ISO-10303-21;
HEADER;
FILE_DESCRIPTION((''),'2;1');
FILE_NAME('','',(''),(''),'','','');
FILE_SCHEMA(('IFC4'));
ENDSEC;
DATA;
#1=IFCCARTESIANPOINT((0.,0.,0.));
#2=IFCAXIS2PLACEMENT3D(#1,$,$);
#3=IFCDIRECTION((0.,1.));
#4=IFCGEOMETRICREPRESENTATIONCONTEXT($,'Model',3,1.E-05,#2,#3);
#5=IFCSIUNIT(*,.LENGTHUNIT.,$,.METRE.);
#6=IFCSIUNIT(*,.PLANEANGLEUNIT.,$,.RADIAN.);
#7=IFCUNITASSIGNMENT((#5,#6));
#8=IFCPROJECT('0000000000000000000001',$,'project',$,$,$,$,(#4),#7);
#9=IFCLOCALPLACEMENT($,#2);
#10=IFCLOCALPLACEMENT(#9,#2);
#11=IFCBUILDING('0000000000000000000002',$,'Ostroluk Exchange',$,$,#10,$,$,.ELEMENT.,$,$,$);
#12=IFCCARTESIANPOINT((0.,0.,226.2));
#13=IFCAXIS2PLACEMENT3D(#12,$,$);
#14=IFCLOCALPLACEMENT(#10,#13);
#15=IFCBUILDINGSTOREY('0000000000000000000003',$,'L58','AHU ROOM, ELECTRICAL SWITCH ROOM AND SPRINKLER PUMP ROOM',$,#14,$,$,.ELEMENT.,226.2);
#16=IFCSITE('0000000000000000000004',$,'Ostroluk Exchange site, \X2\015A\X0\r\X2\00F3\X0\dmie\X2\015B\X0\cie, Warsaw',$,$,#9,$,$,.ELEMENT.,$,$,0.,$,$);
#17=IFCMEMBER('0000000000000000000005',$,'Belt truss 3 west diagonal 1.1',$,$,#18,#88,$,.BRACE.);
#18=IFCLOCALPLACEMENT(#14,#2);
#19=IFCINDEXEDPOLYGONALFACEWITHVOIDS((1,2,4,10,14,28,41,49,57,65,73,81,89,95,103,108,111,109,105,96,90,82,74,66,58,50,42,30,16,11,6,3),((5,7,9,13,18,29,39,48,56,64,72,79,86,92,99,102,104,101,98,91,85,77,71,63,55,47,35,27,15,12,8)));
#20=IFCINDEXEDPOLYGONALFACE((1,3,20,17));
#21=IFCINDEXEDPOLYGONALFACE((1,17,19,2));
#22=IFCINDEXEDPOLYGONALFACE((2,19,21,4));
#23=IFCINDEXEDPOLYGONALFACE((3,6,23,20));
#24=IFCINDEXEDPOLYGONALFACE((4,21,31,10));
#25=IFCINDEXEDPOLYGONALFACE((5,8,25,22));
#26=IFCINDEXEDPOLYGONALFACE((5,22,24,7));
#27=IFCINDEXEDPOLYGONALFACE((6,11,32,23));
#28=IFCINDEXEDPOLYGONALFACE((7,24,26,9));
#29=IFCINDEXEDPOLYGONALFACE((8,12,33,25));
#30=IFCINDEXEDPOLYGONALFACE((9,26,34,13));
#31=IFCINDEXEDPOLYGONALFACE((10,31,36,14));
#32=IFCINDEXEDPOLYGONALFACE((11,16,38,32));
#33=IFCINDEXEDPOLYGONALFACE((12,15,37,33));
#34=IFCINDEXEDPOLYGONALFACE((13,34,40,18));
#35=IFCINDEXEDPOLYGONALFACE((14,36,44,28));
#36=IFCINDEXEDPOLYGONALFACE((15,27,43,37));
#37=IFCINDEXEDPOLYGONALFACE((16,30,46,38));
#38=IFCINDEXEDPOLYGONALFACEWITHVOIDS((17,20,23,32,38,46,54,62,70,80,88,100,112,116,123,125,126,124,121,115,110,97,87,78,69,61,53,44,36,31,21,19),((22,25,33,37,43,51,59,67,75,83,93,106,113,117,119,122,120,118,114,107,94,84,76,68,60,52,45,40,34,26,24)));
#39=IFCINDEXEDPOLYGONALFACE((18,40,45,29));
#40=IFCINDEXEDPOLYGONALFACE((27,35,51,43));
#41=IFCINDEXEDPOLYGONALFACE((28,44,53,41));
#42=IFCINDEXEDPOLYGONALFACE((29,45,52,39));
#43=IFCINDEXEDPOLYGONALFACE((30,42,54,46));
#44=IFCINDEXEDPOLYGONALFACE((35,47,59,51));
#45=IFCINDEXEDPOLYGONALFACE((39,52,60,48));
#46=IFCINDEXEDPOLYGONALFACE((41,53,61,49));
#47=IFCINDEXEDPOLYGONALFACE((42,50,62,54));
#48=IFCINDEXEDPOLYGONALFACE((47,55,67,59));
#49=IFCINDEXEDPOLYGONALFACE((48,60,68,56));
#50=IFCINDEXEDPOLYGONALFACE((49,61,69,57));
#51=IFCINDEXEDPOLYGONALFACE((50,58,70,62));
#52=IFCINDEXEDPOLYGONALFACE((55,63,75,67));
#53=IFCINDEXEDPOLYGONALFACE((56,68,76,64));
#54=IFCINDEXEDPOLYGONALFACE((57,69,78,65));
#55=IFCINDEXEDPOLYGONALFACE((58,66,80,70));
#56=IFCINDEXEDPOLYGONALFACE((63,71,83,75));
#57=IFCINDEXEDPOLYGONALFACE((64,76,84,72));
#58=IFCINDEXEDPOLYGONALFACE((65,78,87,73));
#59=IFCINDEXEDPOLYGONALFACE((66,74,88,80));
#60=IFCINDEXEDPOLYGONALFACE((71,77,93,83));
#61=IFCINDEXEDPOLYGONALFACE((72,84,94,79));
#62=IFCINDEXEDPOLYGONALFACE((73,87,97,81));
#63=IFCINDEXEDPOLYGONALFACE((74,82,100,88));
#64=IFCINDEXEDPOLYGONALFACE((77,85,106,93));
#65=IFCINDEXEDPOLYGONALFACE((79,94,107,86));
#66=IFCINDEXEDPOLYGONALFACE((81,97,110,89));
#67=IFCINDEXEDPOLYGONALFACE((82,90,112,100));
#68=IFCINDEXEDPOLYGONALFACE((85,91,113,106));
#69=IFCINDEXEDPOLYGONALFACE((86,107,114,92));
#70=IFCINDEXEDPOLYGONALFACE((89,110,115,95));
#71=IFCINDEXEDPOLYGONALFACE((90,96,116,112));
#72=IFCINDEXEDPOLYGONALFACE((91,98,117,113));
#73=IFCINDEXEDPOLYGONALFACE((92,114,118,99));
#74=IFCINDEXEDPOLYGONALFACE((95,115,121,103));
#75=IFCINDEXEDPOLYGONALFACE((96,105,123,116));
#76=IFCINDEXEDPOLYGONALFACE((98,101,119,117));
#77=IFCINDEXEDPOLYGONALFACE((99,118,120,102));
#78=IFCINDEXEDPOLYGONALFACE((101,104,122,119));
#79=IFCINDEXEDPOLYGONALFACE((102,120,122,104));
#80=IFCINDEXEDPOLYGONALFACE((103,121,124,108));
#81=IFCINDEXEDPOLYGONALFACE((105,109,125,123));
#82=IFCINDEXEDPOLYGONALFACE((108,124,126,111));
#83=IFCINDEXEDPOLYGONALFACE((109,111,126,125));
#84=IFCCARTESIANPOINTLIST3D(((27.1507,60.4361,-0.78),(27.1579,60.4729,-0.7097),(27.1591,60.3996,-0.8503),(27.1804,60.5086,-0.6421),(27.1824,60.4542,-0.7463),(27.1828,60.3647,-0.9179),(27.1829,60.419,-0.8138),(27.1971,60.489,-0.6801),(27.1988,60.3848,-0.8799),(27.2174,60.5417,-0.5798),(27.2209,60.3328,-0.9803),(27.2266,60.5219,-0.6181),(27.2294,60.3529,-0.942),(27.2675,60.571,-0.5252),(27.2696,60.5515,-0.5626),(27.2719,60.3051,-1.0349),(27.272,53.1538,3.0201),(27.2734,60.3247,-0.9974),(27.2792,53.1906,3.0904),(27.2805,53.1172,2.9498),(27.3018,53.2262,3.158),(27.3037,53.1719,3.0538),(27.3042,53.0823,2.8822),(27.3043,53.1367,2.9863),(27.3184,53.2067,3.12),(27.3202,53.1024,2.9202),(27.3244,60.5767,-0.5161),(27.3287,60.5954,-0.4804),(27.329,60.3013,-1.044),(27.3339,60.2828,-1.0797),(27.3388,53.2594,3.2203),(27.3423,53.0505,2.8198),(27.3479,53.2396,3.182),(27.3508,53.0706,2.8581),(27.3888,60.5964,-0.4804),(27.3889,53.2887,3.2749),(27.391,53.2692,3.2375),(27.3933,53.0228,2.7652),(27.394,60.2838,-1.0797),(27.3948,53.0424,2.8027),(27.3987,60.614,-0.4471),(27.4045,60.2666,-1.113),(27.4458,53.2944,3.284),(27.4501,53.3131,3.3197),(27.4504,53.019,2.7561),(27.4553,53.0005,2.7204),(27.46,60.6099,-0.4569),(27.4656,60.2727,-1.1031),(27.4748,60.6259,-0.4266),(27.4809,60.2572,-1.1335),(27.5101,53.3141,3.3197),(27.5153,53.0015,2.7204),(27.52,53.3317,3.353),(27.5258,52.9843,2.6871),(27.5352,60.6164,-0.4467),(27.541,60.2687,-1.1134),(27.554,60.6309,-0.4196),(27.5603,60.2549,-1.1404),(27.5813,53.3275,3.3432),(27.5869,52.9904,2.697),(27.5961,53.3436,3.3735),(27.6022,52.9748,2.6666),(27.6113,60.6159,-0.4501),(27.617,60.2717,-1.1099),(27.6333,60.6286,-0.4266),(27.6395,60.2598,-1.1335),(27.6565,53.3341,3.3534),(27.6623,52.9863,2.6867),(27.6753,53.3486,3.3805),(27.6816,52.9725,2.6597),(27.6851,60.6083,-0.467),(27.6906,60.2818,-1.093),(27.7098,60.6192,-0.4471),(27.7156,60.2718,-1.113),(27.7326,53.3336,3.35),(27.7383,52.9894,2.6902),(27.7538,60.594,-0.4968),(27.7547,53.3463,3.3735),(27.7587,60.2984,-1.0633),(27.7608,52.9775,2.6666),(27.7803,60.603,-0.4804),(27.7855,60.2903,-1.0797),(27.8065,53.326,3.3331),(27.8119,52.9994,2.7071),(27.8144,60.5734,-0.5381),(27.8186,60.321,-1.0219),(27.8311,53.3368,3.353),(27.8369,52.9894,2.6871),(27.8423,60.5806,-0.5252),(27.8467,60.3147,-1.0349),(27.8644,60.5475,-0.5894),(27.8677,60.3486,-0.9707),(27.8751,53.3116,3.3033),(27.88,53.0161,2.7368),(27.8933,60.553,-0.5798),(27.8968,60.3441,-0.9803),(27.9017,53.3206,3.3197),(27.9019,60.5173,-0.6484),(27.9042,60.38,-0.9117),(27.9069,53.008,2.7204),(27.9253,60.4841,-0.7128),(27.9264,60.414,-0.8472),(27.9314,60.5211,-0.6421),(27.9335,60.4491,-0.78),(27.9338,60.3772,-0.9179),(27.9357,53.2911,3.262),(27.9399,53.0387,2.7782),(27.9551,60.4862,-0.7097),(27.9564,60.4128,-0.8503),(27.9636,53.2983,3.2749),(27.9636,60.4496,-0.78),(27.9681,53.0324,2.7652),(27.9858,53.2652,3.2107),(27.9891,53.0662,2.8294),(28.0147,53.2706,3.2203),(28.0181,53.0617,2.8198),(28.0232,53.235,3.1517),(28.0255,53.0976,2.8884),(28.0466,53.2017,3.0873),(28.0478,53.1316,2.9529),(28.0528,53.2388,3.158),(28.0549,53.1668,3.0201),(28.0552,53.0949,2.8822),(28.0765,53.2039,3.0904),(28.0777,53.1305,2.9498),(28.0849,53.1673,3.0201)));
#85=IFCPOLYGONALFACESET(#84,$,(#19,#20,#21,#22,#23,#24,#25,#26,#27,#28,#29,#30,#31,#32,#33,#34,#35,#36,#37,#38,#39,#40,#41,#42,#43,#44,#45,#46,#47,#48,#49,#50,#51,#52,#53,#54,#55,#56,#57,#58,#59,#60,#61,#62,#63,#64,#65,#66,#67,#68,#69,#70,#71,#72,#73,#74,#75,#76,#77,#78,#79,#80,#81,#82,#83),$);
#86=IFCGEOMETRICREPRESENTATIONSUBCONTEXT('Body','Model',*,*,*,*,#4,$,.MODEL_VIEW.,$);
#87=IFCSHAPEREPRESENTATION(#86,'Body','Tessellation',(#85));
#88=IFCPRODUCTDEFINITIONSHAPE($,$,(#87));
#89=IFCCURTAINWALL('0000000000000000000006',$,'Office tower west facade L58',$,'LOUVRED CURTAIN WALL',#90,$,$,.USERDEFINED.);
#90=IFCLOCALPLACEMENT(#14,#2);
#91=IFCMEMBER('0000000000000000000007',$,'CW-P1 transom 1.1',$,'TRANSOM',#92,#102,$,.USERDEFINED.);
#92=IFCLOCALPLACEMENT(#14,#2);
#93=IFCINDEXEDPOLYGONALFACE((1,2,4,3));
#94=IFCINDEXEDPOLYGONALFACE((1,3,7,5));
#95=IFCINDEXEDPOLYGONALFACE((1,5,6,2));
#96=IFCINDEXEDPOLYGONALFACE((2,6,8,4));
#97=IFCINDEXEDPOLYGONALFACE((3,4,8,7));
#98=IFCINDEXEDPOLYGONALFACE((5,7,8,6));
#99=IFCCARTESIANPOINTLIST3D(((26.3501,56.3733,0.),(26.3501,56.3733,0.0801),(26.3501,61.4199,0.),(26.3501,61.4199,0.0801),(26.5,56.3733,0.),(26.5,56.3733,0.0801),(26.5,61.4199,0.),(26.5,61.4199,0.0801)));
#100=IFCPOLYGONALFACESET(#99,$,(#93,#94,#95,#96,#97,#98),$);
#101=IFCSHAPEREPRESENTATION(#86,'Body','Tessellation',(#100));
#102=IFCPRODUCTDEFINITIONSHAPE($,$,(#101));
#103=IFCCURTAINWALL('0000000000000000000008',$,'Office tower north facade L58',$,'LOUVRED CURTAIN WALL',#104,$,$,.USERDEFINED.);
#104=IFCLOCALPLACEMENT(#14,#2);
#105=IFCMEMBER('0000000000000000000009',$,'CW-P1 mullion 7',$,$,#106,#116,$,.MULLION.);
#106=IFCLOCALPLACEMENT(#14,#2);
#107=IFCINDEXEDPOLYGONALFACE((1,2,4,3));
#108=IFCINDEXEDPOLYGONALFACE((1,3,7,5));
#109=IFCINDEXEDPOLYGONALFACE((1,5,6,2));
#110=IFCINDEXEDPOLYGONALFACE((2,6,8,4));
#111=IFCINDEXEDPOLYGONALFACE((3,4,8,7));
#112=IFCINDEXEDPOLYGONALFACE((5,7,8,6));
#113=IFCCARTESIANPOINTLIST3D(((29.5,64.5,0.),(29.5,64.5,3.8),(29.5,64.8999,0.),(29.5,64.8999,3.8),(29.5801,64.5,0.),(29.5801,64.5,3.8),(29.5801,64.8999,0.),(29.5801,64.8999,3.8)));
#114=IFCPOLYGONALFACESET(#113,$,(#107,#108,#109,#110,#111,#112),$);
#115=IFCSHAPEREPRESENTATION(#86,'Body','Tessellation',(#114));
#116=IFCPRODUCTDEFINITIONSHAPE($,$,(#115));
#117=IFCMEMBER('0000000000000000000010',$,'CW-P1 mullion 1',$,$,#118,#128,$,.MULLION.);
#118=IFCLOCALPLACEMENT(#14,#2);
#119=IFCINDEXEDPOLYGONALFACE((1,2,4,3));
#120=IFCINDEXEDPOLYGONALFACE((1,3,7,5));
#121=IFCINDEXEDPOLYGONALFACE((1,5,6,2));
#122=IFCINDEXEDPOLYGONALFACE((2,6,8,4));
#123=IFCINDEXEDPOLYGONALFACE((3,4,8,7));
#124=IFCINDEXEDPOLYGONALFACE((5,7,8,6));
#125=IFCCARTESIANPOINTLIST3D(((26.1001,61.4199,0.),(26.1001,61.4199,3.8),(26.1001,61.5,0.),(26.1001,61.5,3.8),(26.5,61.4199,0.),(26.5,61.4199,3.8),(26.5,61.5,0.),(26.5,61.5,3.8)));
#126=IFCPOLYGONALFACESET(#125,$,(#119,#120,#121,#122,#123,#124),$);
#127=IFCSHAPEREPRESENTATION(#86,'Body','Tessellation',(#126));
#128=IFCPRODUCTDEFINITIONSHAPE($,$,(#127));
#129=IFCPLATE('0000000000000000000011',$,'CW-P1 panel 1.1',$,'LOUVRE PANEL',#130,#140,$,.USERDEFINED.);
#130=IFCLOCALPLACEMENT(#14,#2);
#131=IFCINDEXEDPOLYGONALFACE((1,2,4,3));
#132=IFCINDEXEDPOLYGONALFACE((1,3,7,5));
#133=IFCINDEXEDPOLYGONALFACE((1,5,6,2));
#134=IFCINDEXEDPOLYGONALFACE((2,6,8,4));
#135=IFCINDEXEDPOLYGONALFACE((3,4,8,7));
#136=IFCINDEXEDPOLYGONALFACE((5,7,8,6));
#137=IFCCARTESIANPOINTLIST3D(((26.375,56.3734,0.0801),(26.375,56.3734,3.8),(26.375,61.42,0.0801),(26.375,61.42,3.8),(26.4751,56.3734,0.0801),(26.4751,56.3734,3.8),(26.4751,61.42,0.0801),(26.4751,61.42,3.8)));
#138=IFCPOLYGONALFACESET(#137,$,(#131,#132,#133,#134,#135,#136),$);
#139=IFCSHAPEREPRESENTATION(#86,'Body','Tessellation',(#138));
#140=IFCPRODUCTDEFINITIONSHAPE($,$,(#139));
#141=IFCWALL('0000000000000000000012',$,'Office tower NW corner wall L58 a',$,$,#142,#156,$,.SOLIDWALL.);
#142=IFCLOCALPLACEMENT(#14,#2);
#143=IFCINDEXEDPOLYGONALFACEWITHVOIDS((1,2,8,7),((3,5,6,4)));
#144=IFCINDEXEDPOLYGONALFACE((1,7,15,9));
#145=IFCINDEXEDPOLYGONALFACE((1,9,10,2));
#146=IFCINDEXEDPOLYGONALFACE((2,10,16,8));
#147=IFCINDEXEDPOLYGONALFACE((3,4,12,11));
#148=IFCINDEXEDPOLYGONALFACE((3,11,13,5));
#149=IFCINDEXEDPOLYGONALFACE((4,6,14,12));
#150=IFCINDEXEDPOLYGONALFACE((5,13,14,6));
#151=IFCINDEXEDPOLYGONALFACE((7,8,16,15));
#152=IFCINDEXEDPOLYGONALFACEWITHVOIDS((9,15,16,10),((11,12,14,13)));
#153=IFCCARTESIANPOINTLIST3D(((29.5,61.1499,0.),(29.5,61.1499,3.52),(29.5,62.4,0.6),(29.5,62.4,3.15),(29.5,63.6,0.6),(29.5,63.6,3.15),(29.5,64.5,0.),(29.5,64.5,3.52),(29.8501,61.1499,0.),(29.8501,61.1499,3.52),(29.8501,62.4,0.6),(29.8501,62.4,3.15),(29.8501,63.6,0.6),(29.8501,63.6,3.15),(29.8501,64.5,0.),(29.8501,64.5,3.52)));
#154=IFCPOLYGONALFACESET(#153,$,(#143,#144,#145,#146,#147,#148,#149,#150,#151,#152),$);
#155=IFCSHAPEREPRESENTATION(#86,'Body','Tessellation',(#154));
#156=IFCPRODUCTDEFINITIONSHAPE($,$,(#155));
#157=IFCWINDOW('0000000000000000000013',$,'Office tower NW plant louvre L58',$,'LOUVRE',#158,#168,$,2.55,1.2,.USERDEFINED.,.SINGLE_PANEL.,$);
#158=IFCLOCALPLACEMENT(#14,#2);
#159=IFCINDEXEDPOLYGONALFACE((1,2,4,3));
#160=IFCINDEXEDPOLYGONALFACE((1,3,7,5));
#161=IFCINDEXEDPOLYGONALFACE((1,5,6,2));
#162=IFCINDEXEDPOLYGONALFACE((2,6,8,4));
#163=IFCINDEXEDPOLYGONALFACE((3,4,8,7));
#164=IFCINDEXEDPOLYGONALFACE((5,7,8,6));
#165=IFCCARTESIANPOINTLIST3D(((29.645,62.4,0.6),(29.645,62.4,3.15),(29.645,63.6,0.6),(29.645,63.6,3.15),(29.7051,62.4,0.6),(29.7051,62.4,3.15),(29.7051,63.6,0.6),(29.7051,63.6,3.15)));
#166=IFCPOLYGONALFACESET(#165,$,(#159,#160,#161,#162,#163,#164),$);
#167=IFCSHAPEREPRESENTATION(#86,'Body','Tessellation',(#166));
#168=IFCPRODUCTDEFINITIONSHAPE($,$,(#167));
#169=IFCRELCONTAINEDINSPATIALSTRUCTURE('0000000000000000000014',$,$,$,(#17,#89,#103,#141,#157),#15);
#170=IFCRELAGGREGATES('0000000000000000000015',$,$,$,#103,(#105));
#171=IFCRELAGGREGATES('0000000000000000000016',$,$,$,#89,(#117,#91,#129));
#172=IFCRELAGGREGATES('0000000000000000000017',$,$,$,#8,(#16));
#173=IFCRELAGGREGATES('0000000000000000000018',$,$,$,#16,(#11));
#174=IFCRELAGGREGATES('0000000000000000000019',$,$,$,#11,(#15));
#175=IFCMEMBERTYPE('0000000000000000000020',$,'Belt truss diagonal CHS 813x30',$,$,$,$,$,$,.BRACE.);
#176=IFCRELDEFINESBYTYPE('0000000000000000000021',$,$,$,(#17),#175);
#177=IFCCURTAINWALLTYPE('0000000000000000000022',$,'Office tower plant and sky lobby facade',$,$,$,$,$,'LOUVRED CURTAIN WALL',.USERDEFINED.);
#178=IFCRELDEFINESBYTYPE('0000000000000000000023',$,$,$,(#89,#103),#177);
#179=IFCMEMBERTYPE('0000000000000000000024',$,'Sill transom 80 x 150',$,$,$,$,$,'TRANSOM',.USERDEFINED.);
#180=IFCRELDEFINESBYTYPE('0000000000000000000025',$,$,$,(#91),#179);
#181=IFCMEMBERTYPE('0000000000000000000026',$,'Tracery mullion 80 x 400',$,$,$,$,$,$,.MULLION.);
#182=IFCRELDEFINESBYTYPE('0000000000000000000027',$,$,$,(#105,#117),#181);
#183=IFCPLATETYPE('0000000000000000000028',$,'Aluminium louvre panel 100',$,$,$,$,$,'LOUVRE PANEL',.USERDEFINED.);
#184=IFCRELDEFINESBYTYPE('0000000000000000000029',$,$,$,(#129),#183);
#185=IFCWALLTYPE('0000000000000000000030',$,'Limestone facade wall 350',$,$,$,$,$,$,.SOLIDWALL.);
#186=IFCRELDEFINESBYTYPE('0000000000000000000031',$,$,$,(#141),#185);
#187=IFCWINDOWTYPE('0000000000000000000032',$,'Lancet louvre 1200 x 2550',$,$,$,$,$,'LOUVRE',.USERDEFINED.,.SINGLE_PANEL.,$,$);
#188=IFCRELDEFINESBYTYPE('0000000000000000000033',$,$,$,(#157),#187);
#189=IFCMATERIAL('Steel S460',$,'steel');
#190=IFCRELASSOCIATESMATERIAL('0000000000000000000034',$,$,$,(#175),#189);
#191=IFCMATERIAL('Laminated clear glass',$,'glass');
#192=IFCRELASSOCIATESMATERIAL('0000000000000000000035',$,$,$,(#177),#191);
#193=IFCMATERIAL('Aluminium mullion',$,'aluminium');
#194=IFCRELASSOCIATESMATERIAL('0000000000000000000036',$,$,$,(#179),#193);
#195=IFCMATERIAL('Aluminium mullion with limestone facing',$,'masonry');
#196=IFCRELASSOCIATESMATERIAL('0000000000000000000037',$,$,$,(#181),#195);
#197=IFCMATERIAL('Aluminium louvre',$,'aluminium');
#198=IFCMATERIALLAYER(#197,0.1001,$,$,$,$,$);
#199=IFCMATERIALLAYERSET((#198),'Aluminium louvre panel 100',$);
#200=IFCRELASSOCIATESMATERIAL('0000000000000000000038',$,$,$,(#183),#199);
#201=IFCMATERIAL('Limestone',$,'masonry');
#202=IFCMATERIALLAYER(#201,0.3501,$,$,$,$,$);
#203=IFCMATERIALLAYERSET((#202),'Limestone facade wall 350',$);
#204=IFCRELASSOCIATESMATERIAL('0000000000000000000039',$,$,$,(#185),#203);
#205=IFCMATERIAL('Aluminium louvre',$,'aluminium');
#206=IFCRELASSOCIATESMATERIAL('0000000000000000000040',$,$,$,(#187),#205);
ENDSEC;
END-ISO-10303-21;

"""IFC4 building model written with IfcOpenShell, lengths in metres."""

from ifc_helpers import new_model, si_unit, direction, frame, frame_2d, origin, origin_2d, place, context, subcontext, project, spatial, rectangle, hollow_circle, extrude, material, layer, layer_set, material_profile, profile_set, type_object, element, fill, aggregate, save


model = new_model("IFC4")

# Units and contexts
model_context = context("Model", 3, precision=1e-05, world=origin(), true_north=direction((0.0, 1.0)))
body_context = subcontext(model_context, "Body", "Model", "MODEL_VIEW")
ifc_project = project(units=[si_unit("LENGTHUNIT", "METRE"), si_unit("PLANEANGLEUNIT", "RADIAN")], contexts=[model_context])

# Site, building, storey
site_placement = place(None, origin())
site = spatial("IfcSite", under=ifc_project, at=site_placement, Name="Ostroluk Exchange site, Śródmieście, Warsaw", CompositionType="ELEMENT", RefElevation=0.0)
building_placement = place(site_placement, origin())
building = spatial("IfcBuilding", under=site, at=building_placement, Name="Ostroluk Exchange", CompositionType="ELEMENT")
storey_placement = place(building_placement, frame((0.0, 0.0, 226.2)))
storey = spatial("IfcBuildingStorey", under=building, at=storey_placement, Name="L58", Description="AHU ROOM, ELECTRICAL SWITCH ROOM AND SPRINKLER PUMP ROOM", CompositionType="ELEMENT", Elevation=226.2)

# Member
ifc_material_1 = material(Name="Steel S460", Category="steel")
ifc_material_profile_1 = material_profile(ifc_material_1, hollow_circle(Radius=0.4065, WallThickness=0.03, at=origin_2d()), Name="CHS 813x30")
ifc_profile_set_1 = profile_set([ifc_material_profile_1], Name="Steel S460")
member_type_1 = type_object("IfcMemberType", Name="Belt truss diagonal CHS 813x30", PredefinedType="BRACE", material=ifc_profile_set_1)
for number, where, z_axis, x_axis, name in (
    (1, (27.5571, 60.4429, -0.78), (0.01477, -0.886457, 0.462575), (0.999861, 0.01666, 0.0), "Belt truss 3 west diagonal 1.1"),
):
    element("IfcMember", number, at=place(storey_placement, frame(where, z_axis=z_axis, x_axis=x_axis)), inside=storey, type_object=member_type_1, Name=name, PredefinedType="BRACE", context=body_context, shape_type="SweptSolid", body=[
        extrude(hollow_circle(Radius=0.4065, WallThickness=0.03, at=origin_2d()), origin(), (0.0, 0.0, 1.0), 8.2151),
    ])

# Curtain walls, members
ifc_material_2 = material(Name="Laminated clear glass", Category="glass")
curtain_wall_type = type_object("IfcCurtainWallType", Name="Office tower plant and sky lobby facade", ElementType="LOUVRED CURTAIN WALL", PredefinedType="USERDEFINED", material=ifc_material_2)
curtain_wall_1_placement = place(storey_placement, origin())
curtain_wall_1 = element("IfcCurtainWall", 2, at=curtain_wall_1_placement, inside=storey, type_object=curtain_wall_type, Name="Office tower west facade L58", ObjectType="LOUVRED CURTAIN WALL", PredefinedType="USERDEFINED")
ifc_material_3 = material(Name="Aluminium mullion", Category="aluminium")
ifc_material_profile_2 = material_profile(ifc_material_3, rectangle(XDim=0.1499, YDim=0.0801, at=origin_2d()), Name="Sill transom 80 x 150")
ifc_profile_set_2 = profile_set([ifc_material_profile_2], Name="Aluminium mullion")
member_type_2 = type_object("IfcMemberType", Name="Sill transom 80 x 150", ElementType="TRANSOM", PredefinedType="USERDEFINED", material=ifc_profile_set_2)
member_1_placement = place(storey_placement, frame((26.425, 61.4199, 0.04), z_axis=(0.0, -1.0, 0.0), x_axis=(1.0, 0.0, 0.0)))
member_1 = element("IfcMember", 3, at=member_1_placement, type_object=member_type_2, Name="CW-P1 transom 1.1", ObjectType="TRANSOM", PredefinedType="USERDEFINED", context=body_context, shape_type="SweptSolid", body=[
    extrude(rectangle(XDim=0.1499, YDim=0.0801, at=origin_2d()), origin(), (0.0, 0.0, 1.0), 5.0466),
])
curtain_wall_2_placement = place(storey_placement, origin())
curtain_wall_2 = element("IfcCurtainWall", 4, at=curtain_wall_2_placement, inside=storey, type_object=curtain_wall_type, Name="Office tower north facade L58", ObjectType="LOUVRED CURTAIN WALL", PredefinedType="USERDEFINED")
ifc_material_4 = material(Name="Aluminium mullion with limestone facing", Category="masonry")
ifc_material_profile_3 = material_profile(ifc_material_4, rectangle(XDim=0.3999, YDim=0.0801, at=origin_2d()), Name="Tracery mullion 80 x 400")
ifc_profile_set_3 = profile_set([ifc_material_profile_3], Name="Aluminium mullion with limestone facing")
member_type_3 = type_object("IfcMemberType", Name="Tracery mullion 80 x 400", PredefinedType="MULLION", material=ifc_profile_set_3)
member_2_placement = place(storey_placement, frame((29.54, 64.7, 0.0), z_axis=(0.0, 0.0, 1.0), x_axis=(0.0, -1.0, 0.0)))
member_2 = element("IfcMember", 5, at=member_2_placement, type_object=member_type_3, Name="CW-P1 mullion 7", PredefinedType="MULLION", context=body_context, shape_type="SweptSolid", body=[
    extrude(rectangle(XDim=0.3999, YDim=0.0801, at=origin_2d()), origin(), (0.0, 0.0, 1.0), 3.8),
])
aggregate(curtain_wall_2, [member_2])

# Member
member_3_placement = place(storey_placement, frame((26.3, 61.46, 0.0), z_axis=(0.0, 0.0, 1.0), x_axis=(1.0, 0.0, 0.0)))
member_3 = element("IfcMember", 6, at=member_3_placement, type_object=member_type_3, Name="CW-P1 mullion 1", PredefinedType="MULLION", context=body_context, shape_type="SweptSolid", body=[
    extrude(rectangle(XDim=0.3999, YDim=0.0801, at=origin_2d()), origin(), (0.0, 0.0, 1.0), 3.8),
])

# Plate
ifc_material_5 = material(Name="Aluminium louvre", Category="aluminium")
ifc_layer_1 = layer(ifc_material_5, 0.1001)
ifc_layer_set_1 = layer_set([ifc_layer_1], Name="Aluminium louvre panel 100")
plate_type = type_object("IfcPlateType", Name="Aluminium louvre panel 100", ElementType="LOUVRE PANEL", PredefinedType="USERDEFINED", material=ifc_layer_set_1)
plate_placement = place(storey_placement, frame((26.425, 58.8967, 0.0801), z_axis=(0.0, 0.0, 1.0), x_axis=(0.0, -1.0, 0.0)))
plate = element("IfcPlate", 7, at=plate_placement, type_object=plate_type, Name="CW-P1 panel 1.1", ObjectType="LOUVRE PANEL", PredefinedType="USERDEFINED", context=body_context, shape_type="SweptSolid", body=[
    extrude(rectangle(XDim=5.0466, YDim=0.1001, at=origin_2d()), origin(), (0.0, 0.0, 1.0), 3.72),
])
aggregate(curtain_wall_1, [member_3, member_1, plate])

# Wall, opening, window
ifc_material_6 = material(Name="Limestone", Category="masonry")
ifc_layer_2 = layer(ifc_material_6, 0.3501)
ifc_layer_set_2 = layer_set([ifc_layer_2], Name="Limestone facade wall 350")
wall_type_1 = type_object("IfcWallType", Name="Limestone facade wall 350", PredefinedType="SOLIDWALL", material=ifc_layer_set_2)
wall_1_placement = place(storey_placement, frame((29.675, 64.5, 0.0), z_axis=(0.0, 0.0, 1.0), x_axis=(0.0, -1.0, 0.0)))
wall_1 = element("IfcWall", 8, at=wall_1_placement, inside=storey, type_object=wall_type_1, Name="Office tower NW corner wall L58 a", PredefinedType="SOLIDWALL", context=body_context, shape_type="SweptSolid", body=[
    extrude(rectangle(XDim=3.3501, YDim=0.3501, at=frame_2d((1.675, 0.0))), origin(), (0.0, 0.0, 1.0), 3.52),
])
opening_1_placement = place(wall_1_placement, frame((0.8999, 0.0, 0.6001)))
opening_1 = element("IfcOpeningElement", 9, at=opening_1_placement, cuts=wall_1, PredefinedType="OPENING", context=body_context, shape_type="SweptSolid", body=[
    extrude(rectangle(XDim=1.2, YDim=2.55, at=frame_2d((0.6001, 1.2749))), frame((0.0, 0.1851, 0.0), z_axis=(0.0, -1.0, 0.0), x_axis=(1.0, 0.0, 0.0)), (0.0, 0.0, 1.0), 0.3701),
])
ifc_material_7 = material(Name="Aluminium louvre", Category="aluminium")
window_type = type_object("IfcWindowType", Name="Lancet louvre 1200 x 2550", ElementType="LOUVRE", PartitioningType="SINGLE_PANEL", PredefinedType="USERDEFINED", material=ifc_material_7)
window_placement = place(opening_1_placement, origin())
window = element("IfcWindow", 10, at=window_placement, inside=storey, type_object=window_type, Name="Office tower NW plant louvre L58", ObjectType="LOUVRE", OverallHeight=2.55, OverallWidth=1.2, PartitioningType="SINGLE_PANEL", PredefinedType="USERDEFINED", context=body_context, shape_type="SweptSolid", body=[
    extrude(rectangle(XDim=1.2, YDim=2.55, at=frame_2d((0.6001, 1.2749))), frame((0.0, 0.03, 0.0), z_axis=(0.0, -1.0, 0.0), x_axis=(1.0, 0.0, 0.0)), (0.0, 0.0, 1.0), 0.0601),
])
fill(opening_1, window)

save(model, "model.ifc")
